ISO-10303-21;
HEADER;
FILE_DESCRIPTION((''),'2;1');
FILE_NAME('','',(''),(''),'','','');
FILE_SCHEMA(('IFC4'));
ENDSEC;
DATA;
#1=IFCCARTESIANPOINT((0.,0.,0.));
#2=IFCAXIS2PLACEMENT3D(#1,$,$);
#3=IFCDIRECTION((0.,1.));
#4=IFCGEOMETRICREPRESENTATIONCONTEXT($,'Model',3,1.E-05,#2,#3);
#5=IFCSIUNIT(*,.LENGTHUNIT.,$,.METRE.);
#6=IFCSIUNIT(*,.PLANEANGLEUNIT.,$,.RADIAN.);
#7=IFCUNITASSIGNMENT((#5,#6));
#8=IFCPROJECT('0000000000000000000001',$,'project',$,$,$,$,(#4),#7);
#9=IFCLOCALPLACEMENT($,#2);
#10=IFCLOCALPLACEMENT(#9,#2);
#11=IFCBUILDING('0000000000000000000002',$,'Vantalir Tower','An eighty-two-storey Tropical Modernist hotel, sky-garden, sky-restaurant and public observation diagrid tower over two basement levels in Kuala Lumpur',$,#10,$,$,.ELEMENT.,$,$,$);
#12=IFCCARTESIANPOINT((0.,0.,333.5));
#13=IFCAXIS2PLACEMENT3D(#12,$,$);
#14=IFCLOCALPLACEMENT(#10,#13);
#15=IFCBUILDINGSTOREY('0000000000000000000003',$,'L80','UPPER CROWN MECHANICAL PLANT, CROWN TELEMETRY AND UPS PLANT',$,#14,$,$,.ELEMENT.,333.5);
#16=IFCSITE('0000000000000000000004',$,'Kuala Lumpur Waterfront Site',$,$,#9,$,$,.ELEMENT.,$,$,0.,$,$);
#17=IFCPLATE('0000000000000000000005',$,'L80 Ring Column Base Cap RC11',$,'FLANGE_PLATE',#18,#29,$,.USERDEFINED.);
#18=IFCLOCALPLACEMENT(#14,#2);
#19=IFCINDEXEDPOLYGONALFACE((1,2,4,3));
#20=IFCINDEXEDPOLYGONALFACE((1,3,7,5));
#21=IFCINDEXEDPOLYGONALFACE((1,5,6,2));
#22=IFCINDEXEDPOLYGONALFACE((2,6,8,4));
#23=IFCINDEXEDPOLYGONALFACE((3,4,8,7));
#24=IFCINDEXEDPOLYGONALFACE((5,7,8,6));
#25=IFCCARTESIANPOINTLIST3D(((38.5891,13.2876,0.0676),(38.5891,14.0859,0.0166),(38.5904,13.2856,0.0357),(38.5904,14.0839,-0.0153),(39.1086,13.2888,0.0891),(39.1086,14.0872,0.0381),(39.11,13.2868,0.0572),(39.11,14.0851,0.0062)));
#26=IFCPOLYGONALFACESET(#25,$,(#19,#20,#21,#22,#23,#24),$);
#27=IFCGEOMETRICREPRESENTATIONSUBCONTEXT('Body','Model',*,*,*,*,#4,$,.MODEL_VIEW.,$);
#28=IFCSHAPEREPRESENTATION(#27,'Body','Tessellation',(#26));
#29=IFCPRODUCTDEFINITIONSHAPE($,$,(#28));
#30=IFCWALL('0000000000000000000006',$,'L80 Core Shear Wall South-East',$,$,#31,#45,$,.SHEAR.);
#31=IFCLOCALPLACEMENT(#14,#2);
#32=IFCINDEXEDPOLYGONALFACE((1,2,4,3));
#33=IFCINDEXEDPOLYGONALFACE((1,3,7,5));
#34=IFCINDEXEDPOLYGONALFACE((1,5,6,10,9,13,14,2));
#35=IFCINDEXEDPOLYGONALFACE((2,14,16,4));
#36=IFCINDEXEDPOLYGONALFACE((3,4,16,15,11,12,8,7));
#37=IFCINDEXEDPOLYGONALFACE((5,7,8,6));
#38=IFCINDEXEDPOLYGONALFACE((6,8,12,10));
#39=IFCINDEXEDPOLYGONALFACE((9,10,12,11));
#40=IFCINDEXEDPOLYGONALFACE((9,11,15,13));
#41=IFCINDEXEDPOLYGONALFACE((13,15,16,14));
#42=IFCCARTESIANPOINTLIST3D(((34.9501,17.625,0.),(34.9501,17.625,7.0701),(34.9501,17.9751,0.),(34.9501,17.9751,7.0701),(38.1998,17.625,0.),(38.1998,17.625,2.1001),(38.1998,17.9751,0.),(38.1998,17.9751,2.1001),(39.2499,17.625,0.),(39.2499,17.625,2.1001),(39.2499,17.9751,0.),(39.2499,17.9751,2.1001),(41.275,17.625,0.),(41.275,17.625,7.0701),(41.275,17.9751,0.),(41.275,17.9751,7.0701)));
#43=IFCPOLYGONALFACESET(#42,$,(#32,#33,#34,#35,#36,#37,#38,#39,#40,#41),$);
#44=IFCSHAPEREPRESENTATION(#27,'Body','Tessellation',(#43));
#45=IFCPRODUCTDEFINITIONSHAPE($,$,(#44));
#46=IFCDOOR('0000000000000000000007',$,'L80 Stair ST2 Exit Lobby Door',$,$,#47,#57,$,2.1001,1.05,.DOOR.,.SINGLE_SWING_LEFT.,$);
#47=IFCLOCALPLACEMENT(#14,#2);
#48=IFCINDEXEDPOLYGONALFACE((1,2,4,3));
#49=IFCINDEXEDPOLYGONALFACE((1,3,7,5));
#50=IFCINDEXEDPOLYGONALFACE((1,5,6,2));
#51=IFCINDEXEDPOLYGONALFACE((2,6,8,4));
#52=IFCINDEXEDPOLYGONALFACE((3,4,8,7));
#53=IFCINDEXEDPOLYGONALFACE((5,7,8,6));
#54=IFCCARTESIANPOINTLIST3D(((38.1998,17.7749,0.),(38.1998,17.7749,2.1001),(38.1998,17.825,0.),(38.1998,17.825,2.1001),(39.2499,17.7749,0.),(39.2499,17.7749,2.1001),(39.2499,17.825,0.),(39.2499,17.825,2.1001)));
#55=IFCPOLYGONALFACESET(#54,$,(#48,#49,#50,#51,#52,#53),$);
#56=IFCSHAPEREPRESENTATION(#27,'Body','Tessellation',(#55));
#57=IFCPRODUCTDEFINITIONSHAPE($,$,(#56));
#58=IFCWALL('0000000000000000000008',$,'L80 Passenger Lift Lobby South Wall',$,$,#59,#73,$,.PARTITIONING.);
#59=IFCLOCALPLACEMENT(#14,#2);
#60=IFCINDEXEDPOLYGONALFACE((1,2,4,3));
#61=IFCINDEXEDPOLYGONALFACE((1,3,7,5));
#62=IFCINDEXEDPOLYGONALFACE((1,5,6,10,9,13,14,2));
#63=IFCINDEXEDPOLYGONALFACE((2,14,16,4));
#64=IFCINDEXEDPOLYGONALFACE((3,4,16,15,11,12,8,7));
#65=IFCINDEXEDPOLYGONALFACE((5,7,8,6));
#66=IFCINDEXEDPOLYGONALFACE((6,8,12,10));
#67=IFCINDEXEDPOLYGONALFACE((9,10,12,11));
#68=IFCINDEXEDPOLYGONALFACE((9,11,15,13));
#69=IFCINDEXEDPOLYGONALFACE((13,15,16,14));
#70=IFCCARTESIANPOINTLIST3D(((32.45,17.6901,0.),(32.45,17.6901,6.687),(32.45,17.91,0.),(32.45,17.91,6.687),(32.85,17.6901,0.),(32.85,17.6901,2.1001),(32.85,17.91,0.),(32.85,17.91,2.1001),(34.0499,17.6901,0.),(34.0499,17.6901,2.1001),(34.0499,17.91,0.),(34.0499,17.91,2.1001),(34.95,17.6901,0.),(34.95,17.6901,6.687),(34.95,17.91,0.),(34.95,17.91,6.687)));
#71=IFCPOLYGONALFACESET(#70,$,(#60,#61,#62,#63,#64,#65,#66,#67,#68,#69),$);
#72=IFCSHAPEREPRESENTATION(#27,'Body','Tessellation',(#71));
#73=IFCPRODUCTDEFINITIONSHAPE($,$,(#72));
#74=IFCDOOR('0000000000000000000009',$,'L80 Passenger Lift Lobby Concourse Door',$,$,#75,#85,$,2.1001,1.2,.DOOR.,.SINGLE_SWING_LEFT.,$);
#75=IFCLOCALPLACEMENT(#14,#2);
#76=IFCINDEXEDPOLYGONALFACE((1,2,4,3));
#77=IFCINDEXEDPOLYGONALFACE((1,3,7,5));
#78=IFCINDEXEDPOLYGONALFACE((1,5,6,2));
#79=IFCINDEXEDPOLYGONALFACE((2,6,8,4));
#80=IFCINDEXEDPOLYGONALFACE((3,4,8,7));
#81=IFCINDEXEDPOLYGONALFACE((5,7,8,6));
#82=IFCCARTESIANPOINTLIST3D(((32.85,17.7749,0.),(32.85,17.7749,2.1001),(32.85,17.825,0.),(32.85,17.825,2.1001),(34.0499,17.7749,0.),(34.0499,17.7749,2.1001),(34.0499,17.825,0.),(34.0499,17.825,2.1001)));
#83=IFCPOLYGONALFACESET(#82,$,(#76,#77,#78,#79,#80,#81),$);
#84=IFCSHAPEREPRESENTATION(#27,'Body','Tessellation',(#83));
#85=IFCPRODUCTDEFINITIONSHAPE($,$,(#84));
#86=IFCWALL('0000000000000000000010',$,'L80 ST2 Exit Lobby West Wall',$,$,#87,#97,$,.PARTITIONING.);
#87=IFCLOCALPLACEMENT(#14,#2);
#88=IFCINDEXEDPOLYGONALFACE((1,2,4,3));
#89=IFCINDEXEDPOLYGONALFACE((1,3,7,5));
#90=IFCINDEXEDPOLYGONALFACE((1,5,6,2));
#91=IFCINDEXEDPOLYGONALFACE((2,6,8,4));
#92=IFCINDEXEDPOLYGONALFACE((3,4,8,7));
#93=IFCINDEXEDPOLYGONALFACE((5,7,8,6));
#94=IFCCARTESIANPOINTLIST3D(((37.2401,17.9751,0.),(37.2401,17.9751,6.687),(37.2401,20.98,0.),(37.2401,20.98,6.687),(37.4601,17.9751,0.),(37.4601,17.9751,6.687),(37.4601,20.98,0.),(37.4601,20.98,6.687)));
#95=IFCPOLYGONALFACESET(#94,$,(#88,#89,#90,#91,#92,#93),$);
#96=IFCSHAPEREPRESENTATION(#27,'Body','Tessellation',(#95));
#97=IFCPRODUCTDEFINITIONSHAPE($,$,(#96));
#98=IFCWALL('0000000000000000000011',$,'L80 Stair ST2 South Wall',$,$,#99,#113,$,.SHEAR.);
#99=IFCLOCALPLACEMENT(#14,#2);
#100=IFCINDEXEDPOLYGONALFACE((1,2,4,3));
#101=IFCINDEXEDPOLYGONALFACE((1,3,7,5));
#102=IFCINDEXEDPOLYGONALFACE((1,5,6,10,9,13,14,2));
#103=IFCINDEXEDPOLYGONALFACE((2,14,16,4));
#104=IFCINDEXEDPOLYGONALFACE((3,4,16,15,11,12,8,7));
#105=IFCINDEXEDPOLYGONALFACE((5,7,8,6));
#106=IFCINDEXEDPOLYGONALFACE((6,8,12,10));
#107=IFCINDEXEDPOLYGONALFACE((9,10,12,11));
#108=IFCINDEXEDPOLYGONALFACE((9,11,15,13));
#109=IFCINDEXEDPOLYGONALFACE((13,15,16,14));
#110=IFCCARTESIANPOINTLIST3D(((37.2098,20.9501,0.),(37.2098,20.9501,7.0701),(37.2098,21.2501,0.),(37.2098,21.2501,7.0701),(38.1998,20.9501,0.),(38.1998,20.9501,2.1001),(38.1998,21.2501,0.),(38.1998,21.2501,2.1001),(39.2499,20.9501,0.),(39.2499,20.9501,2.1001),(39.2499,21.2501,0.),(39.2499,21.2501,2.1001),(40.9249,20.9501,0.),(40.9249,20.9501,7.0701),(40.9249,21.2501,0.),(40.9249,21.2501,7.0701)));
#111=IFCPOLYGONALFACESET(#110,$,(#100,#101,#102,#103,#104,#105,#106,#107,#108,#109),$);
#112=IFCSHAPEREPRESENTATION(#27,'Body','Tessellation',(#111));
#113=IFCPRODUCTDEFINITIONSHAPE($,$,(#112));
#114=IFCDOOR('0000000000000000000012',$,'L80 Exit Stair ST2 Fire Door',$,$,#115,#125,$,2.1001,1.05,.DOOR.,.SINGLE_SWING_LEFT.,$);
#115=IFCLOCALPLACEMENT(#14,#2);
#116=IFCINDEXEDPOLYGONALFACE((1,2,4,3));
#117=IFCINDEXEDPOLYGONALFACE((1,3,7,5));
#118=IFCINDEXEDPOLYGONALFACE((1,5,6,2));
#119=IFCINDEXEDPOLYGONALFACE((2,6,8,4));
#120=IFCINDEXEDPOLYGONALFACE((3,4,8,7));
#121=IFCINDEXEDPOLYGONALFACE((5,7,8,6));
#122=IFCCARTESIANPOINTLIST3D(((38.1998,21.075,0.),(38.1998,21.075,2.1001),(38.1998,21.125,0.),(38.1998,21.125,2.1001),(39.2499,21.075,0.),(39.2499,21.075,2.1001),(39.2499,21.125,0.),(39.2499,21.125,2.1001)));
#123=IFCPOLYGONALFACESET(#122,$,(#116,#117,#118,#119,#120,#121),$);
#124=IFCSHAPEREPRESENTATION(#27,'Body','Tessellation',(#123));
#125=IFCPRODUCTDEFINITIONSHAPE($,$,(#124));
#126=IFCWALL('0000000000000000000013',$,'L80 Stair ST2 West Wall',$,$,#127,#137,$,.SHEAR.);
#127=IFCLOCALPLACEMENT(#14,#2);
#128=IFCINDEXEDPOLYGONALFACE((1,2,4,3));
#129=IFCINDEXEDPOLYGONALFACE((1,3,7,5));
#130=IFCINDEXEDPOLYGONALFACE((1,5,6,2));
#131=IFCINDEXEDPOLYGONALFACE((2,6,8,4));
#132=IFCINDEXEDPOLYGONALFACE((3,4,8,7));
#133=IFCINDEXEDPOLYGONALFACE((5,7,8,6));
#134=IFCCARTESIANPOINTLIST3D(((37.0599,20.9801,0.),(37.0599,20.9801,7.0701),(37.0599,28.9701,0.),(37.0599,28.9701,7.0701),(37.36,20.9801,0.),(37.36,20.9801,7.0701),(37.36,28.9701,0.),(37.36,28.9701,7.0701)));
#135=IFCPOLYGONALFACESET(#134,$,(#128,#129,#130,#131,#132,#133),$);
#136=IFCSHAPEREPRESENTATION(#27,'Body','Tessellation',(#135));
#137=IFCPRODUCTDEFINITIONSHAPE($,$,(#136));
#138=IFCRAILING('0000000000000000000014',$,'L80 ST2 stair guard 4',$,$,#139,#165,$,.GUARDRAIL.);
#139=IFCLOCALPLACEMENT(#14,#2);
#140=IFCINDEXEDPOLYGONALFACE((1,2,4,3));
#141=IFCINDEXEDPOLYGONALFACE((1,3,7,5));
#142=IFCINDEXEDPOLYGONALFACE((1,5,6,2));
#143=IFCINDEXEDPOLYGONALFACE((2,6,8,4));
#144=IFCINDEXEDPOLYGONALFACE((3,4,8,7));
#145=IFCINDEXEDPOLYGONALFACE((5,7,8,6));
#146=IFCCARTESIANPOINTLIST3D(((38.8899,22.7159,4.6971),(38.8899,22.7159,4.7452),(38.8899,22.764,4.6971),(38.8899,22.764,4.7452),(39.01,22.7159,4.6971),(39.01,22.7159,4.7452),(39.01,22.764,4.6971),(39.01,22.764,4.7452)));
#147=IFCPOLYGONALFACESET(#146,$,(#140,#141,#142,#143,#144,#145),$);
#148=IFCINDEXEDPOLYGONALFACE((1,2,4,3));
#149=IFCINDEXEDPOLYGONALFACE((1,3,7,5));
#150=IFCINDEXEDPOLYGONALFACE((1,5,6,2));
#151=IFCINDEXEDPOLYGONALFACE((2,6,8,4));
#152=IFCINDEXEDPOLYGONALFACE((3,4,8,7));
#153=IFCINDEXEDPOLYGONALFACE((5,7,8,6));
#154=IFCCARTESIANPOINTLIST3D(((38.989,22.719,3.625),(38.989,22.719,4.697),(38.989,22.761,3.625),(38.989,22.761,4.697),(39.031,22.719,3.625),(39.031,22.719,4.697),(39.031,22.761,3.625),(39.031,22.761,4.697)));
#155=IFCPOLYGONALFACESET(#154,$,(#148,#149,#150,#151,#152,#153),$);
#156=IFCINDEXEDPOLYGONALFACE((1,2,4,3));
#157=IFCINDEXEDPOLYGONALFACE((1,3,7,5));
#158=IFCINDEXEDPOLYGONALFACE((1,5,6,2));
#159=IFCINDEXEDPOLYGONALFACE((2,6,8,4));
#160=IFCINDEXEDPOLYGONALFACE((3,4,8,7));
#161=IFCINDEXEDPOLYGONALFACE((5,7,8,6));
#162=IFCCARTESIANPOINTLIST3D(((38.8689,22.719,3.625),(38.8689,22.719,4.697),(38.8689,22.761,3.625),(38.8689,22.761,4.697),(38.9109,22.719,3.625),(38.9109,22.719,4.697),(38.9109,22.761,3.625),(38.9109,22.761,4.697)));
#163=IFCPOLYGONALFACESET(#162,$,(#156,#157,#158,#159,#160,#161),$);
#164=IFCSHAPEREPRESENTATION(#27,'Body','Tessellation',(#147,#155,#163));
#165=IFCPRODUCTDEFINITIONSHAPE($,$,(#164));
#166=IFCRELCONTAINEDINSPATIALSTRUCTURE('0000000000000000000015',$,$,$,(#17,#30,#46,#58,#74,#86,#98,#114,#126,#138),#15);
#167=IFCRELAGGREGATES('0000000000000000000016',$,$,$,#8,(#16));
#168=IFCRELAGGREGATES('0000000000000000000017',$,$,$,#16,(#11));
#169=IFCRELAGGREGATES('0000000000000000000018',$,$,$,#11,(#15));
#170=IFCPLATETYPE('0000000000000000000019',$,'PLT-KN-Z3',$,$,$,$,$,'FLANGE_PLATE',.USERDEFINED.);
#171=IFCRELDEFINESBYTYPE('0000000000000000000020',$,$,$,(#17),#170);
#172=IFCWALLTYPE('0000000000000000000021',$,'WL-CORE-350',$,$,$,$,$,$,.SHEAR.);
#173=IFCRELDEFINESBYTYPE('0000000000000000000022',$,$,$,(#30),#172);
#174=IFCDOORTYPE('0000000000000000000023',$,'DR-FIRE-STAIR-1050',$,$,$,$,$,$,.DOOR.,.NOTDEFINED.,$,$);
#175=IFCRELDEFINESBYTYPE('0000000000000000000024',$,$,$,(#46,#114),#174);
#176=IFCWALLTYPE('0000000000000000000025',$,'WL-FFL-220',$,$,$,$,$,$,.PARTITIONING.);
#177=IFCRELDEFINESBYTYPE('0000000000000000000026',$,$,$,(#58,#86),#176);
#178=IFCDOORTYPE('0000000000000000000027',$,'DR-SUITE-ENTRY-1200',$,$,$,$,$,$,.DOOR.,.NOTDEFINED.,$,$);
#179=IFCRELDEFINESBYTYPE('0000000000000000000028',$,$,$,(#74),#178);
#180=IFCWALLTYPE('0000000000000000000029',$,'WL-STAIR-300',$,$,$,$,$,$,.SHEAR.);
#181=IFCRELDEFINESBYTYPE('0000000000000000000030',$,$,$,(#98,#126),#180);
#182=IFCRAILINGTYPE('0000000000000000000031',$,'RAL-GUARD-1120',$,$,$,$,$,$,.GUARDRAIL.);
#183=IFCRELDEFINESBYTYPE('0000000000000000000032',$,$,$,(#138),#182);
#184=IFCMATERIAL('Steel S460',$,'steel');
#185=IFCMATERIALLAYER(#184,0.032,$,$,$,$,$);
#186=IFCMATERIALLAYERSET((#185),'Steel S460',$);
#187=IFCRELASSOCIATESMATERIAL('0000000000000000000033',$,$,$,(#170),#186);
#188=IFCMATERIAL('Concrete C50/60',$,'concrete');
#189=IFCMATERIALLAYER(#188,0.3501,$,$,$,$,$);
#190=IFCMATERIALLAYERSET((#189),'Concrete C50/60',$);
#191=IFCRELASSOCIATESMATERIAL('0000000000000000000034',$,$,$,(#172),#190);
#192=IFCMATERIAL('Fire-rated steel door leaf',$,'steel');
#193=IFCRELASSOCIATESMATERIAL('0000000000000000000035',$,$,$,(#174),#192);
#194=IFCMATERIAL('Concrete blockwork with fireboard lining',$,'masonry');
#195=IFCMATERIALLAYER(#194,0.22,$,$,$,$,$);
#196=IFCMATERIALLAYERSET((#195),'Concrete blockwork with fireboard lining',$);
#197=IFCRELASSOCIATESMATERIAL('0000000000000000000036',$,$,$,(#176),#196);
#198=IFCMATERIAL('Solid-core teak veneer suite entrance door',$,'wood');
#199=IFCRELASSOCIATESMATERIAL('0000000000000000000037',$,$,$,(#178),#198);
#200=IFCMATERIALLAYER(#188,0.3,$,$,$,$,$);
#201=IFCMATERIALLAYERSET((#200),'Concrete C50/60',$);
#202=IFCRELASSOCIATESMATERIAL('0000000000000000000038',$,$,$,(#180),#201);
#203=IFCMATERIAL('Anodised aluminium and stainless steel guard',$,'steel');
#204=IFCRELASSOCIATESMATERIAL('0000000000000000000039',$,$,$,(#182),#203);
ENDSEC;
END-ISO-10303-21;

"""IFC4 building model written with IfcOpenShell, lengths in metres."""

from ifc_helpers import new_model, si_unit, direction, frame, frame_2d, origin, origin_2d, place, context, subcontext, project, spatial, polyline, rectangle, outline, extrude, material, layer, layer_set, type_object, element, fill, save


model = new_model("IFC4")

# Units and contexts
model_context = context("Model", 3, precision=1e-05, world=origin(), true_north=direction((0.0, 1.0)))
body_context = subcontext(model_context, "Body", "Model", "MODEL_VIEW")
ifc_project = project(units=[si_unit("LENGTHUNIT", "METRE"), si_unit("PLANEANGLEUNIT", "RADIAN")], contexts=[model_context])

# Site, building, storey
site_placement = place(None, origin())
site = spatial("IfcSite", under=ifc_project, at=site_placement, Name="Kuala Lumpur Waterfront Site", CompositionType="ELEMENT", RefElevation=0.0)
building_placement = place(site_placement, origin())
building = spatial("IfcBuilding", under=site, at=building_placement, Name="Vantalir Tower", Description="An eighty-two-storey Tropical Modernist hotel, sky-garden, sky-restaurant and public observation diagrid tower over two basement levels in Kuala Lumpur", CompositionType="ELEMENT")
storey_placement = place(building_placement, frame((0.0, 0.0, 333.5)))
storey = spatial("IfcBuildingStorey", under=building, at=storey_placement, Name="L80", Description="UPPER CROWN MECHANICAL PLANT, CROWN TELEMETRY AND UPS PLANT", CompositionType="ELEMENT", Elevation=333.5)

# Shared definitions
ifc_material_1 = material(Name="Concrete C50/60", Category="concrete")

# Shared definitions
ifc_material_2 = material(Name="Steel S460", Category="steel")

# Plate
ifc_layer_1 = layer(ifc_material_2, 0.032)
ifc_layer_set_1 = layer_set([ifc_layer_1], Name="Steel S460")
plate_type_1 = type_object("IfcPlateType", Name="PLT-KN-Z3", ElementType="FLANGE_PLATE", PredefinedType="USERDEFINED", material=ifc_layer_set_1)
plate_1_placement = place(storey_placement, frame((38.5891, 14.0859, 0.0166), z_axis=(-0.041384, 0.06373, 0.997109), x_axis=(0.0, -0.997964, 0.063784)))
element("IfcPlate", 1, at=plate_1_placement, inside=storey, type_object=plate_type_1, Name="L80 Ring Column Base Cap RC11", ObjectType="FLANGE_PLATE", PredefinedType="USERDEFINED", context=body_context, shape_type="SweptSolid", body=[
    extrude(outline(polyline([(0.0, 0.0), (0.8, 0.0), (0.8001, 0.52), (0.0002, 0.52), (0.0, 0.0)])), origin(), (0.0, 0.0, -1.0), 0.032),
])

# Walls, openings, doors
ifc_layer_2 = layer(ifc_material_1, 0.3501)
ifc_layer_set_2 = layer_set([ifc_layer_2], Name="Concrete C50/60")
wall_type_1 = type_object("IfcWallType", Name="WL-CORE-350", PredefinedType="SHEAR", material=ifc_layer_set_2)
wall_1_placement = place(storey_placement, frame((34.95, 17.8, 0.0), z_axis=(0.0, 0.0, 1.0), x_axis=(1.0, 0.0, 0.0)))
wall_1 = element("IfcWall", 2, at=wall_1_placement, inside=storey, type_object=wall_type_1, Name="L80 Core Shear Wall South-East", PredefinedType="SHEAR", context=body_context, shape_type="SweptSolid", body=[
    extrude(rectangle(XDim=6.325, YDim=0.3501, at=frame_2d((3.1626, 0.0))), origin(), (0.0, 0.0, 1.0), 7.0701),
])
opening_1_placement = place(wall_1_placement, frame((3.25, 0.0, 0.0)))
opening_1 = element("IfcOpeningElement", 3, at=opening_1_placement, cuts=wall_1, PredefinedType="OPENING", context=body_context, shape_type="SweptSolid", body=[
    extrude(rectangle(XDim=1.05, YDim=2.1001, at=frame_2d((0.5249, 1.05))), frame((0.0, 0.1851, 0.0), z_axis=(0.0, -1.0, 0.0), x_axis=(1.0, 0.0, 0.0)), (0.0, 0.0, 1.0), 0.3701),
])
ifc_material_3 = material(Name="Fire-rated steel door leaf", Category="steel")
door_type_1 = type_object("IfcDoorType", Name="DR-FIRE-STAIR-1050", OperationType="NOTDEFINED", PredefinedType="DOOR", material=ifc_material_3)
door_1_placement = place(opening_1_placement, origin())
door_1 = element("IfcDoor", 4, at=door_1_placement, inside=storey, type_object=door_type_1, Name="L80 Stair ST2 Exit Lobby Door", OperationType="SINGLE_SWING_LEFT", OverallHeight=2.1001, OverallWidth=1.05, PredefinedType="DOOR", context=body_context, shape_type="SweptSolid", body=[
    extrude(rectangle(XDim=1.05, YDim=2.1001, at=frame_2d((0.5249, 1.05))), frame((0.0, 0.0249, 0.0), z_axis=(0.0, -1.0, 0.0), x_axis=(1.0, 0.0, 0.0)), (0.0, 0.0, 1.0), 0.05),
])
fill(opening_1, door_1)
ifc_material_4 = material(Name="Concrete blockwork with fireboard lining", Category="masonry")
ifc_layer_3 = layer(ifc_material_4, 0.22)
ifc_layer_set_3 = layer_set([ifc_layer_3], Name="Concrete blockwork with fireboard lining")
wall_type_2 = type_object("IfcWallType", Name="WL-FFL-220", PredefinedType="PARTITIONING", material=ifc_layer_set_3)
wall_2_placement = place(storey_placement, frame((32.45, 17.8, 0.0), z_axis=(0.0, 0.0, 1.0), x_axis=(1.0, 0.0, 0.0)))
wall_2 = element("IfcWall", 5, at=wall_2_placement, inside=storey, type_object=wall_type_2, Name="L80 Passenger Lift Lobby South Wall", PredefinedType="PARTITIONING", context=body_context, shape_type="SweptSolid", body=[
    extrude(rectangle(XDim=2.5, YDim=0.22, at=frame_2d((1.25, 0.0))), origin(), (0.0, 0.0, 1.0), 6.687),
])
opening_2_placement = place(wall_2_placement, frame((0.3999, 0.0, 0.0)))
opening_2 = element("IfcOpeningElement", 6, at=opening_2_placement, cuts=wall_2, PredefinedType="OPENING", context=body_context, shape_type="SweptSolid", body=[
    extrude(rectangle(XDim=1.2, YDim=2.1001, at=frame_2d((0.6001, 1.05))), frame((0.0, 0.1199, 0.0), z_axis=(0.0, -1.0, 0.0), x_axis=(1.0, 0.0, 0.0)), (0.0, 0.0, 1.0), 0.24),
])
ifc_material_5 = material(Name="Solid-core teak veneer suite entrance door", Category="wood")
door_type_2 = type_object("IfcDoorType", Name="DR-SUITE-ENTRY-1200", OperationType="NOTDEFINED", PredefinedType="DOOR", material=ifc_material_5)
door_2_placement = place(opening_2_placement, origin())
door_2 = element("IfcDoor", 7, at=door_2_placement, inside=storey, type_object=door_type_2, Name="L80 Passenger Lift Lobby Concourse Door", OperationType="SINGLE_SWING_LEFT", OverallHeight=2.1001, OverallWidth=1.2, PredefinedType="DOOR", context=body_context, shape_type="SweptSolid", body=[
    extrude(rectangle(XDim=1.2, YDim=2.1001, at=frame_2d((0.6001, 1.05))), frame((0.0, 0.0249, 0.0), z_axis=(0.0, -1.0, 0.0), x_axis=(1.0, 0.0, 0.0)), (0.0, 0.0, 1.0), 0.05),
])
fill(opening_2, door_2)

# Wall
wall_3_placement = place(storey_placement, frame((37.3501, 17.9751, 0.0), z_axis=(0.0, 0.0, 1.0), x_axis=(0.0, 1.0, 0.0)))
element("IfcWall", 8, at=wall_3_placement, inside=storey, type_object=wall_type_2, Name="L80 ST2 Exit Lobby West Wall", PredefinedType="PARTITIONING", context=body_context, shape_type="SweptSolid", body=[
    extrude(rectangle(XDim=3.0049, YDim=0.22, at=frame_2d((1.5024, 0.0))), origin(), (0.0, 0.0, 1.0), 6.687),
])

# Wall, opening, door
ifc_layer_4 = layer(ifc_material_1, 0.3)
ifc_layer_set_4 = layer_set([ifc_layer_4], Name="Concrete C50/60")
wall_type_3 = type_object("IfcWallType", Name="WL-STAIR-300", PredefinedType="SHEAR", material=ifc_layer_set_4)
wall_4_placement = place(storey_placement, frame((37.21, 21.1001, 0.0), z_axis=(0.0, 0.0, 1.0), x_axis=(1.0, 0.0, 0.0)))
wall_4 = element("IfcWall", 9, at=wall_4_placement, inside=storey, type_object=wall_type_3, Name="L80 Stair ST2 South Wall", PredefinedType="SHEAR", context=body_context, shape_type="SweptSolid", body=[
    extrude(rectangle(XDim=3.7151, YDim=0.3, at=frame_2d((1.8574, 0.0))), origin(), (0.0, 0.0, 1.0), 7.0701),
])
opening_3_placement = place(wall_4_placement, frame((0.99, 0.0, 0.0)))
opening_3 = element("IfcOpeningElement", 10, at=opening_3_placement, cuts=wall_4, PredefinedType="OPENING", context=body_context, shape_type="SweptSolid", body=[
    extrude(rectangle(XDim=1.05, YDim=2.1001, at=frame_2d((0.5249, 1.05))), frame((0.0, 0.1599, 0.0), z_axis=(0.0, -1.0, 0.0), x_axis=(1.0, 0.0, 0.0)), (0.0, 0.0, 1.0), 0.3201),
])
door_3_placement = place(opening_3_placement, origin())
door_3 = element("IfcDoor", 11, at=door_3_placement, inside=storey, type_object=door_type_1, Name="L80 Exit Stair ST2 Fire Door", OperationType="SINGLE_SWING_LEFT", OverallHeight=2.1001, OverallWidth=1.05, PredefinedType="DOOR", context=body_context, shape_type="SweptSolid", body=[
    extrude(rectangle(XDim=1.05, YDim=2.1001, at=frame_2d((0.5249, 1.05))), frame((0.0, 0.0249, 0.0), z_axis=(0.0, -1.0, 0.0), x_axis=(1.0, 0.0, 0.0)), (0.0, 0.0, 1.0), 0.05),
])
fill(opening_3, door_3)

# Wall
wall_5_placement = place(storey_placement, frame((37.21, 20.98, 0.0), z_axis=(0.0, 0.0, 1.0), x_axis=(0.0, 1.0, 0.0)))
element("IfcWall", 12, at=wall_5_placement, inside=storey, type_object=wall_type_3, Name="L80 Stair ST2 West Wall", PredefinedType="SHEAR", context=body_context, shape_type="SweptSolid", body=[
    extrude(rectangle(XDim=7.99, YDim=0.3, at=frame_2d((3.9951, 0.0))), origin(), (0.0, 0.0, 1.0), 7.0701),
])

# Railing
ifc_material_6 = material(Name="Anodised aluminium and stainless steel guard", Category="steel")
railing_type = type_object("IfcRailingType", Name="RAL-GUARD-1120", PredefinedType="GUARDRAIL", material=ifc_material_6)
for number, where, name in (
    (13, (39.01, 22.74, 3.625), "L80 ST2 stair guard 4"),
):
    element("IfcRailing", number, at=place(storey_placement, frame(where)), inside=storey, type_object=railing_type, Name=name, PredefinedType="GUARDRAIL", context=body_context, shape_type="SweptSolid", body=[
        extrude(rectangle(XDim=0.0481, YDim=0.0481, at=origin_2d()), frame((0.0, 0.0, 1.0962), z_axis=(-1.0, 0.0, 0.0), x_axis=(0.0, -1.0, 0.0)), (0.0, 0.0, 1.0), 0.1201),
        extrude(rectangle(XDim=0.042, YDim=0.042, at=origin_2d()), origin(), (0.0, 0.0, 1.0), 1.072),
        extrude(rectangle(XDim=0.042, YDim=0.042, at=origin_2d()), frame((-0.1201, 0.0, 0.0)), (0.0, 0.0, 1.0), 1.072),
    ])

save(model, "model.ifc")
